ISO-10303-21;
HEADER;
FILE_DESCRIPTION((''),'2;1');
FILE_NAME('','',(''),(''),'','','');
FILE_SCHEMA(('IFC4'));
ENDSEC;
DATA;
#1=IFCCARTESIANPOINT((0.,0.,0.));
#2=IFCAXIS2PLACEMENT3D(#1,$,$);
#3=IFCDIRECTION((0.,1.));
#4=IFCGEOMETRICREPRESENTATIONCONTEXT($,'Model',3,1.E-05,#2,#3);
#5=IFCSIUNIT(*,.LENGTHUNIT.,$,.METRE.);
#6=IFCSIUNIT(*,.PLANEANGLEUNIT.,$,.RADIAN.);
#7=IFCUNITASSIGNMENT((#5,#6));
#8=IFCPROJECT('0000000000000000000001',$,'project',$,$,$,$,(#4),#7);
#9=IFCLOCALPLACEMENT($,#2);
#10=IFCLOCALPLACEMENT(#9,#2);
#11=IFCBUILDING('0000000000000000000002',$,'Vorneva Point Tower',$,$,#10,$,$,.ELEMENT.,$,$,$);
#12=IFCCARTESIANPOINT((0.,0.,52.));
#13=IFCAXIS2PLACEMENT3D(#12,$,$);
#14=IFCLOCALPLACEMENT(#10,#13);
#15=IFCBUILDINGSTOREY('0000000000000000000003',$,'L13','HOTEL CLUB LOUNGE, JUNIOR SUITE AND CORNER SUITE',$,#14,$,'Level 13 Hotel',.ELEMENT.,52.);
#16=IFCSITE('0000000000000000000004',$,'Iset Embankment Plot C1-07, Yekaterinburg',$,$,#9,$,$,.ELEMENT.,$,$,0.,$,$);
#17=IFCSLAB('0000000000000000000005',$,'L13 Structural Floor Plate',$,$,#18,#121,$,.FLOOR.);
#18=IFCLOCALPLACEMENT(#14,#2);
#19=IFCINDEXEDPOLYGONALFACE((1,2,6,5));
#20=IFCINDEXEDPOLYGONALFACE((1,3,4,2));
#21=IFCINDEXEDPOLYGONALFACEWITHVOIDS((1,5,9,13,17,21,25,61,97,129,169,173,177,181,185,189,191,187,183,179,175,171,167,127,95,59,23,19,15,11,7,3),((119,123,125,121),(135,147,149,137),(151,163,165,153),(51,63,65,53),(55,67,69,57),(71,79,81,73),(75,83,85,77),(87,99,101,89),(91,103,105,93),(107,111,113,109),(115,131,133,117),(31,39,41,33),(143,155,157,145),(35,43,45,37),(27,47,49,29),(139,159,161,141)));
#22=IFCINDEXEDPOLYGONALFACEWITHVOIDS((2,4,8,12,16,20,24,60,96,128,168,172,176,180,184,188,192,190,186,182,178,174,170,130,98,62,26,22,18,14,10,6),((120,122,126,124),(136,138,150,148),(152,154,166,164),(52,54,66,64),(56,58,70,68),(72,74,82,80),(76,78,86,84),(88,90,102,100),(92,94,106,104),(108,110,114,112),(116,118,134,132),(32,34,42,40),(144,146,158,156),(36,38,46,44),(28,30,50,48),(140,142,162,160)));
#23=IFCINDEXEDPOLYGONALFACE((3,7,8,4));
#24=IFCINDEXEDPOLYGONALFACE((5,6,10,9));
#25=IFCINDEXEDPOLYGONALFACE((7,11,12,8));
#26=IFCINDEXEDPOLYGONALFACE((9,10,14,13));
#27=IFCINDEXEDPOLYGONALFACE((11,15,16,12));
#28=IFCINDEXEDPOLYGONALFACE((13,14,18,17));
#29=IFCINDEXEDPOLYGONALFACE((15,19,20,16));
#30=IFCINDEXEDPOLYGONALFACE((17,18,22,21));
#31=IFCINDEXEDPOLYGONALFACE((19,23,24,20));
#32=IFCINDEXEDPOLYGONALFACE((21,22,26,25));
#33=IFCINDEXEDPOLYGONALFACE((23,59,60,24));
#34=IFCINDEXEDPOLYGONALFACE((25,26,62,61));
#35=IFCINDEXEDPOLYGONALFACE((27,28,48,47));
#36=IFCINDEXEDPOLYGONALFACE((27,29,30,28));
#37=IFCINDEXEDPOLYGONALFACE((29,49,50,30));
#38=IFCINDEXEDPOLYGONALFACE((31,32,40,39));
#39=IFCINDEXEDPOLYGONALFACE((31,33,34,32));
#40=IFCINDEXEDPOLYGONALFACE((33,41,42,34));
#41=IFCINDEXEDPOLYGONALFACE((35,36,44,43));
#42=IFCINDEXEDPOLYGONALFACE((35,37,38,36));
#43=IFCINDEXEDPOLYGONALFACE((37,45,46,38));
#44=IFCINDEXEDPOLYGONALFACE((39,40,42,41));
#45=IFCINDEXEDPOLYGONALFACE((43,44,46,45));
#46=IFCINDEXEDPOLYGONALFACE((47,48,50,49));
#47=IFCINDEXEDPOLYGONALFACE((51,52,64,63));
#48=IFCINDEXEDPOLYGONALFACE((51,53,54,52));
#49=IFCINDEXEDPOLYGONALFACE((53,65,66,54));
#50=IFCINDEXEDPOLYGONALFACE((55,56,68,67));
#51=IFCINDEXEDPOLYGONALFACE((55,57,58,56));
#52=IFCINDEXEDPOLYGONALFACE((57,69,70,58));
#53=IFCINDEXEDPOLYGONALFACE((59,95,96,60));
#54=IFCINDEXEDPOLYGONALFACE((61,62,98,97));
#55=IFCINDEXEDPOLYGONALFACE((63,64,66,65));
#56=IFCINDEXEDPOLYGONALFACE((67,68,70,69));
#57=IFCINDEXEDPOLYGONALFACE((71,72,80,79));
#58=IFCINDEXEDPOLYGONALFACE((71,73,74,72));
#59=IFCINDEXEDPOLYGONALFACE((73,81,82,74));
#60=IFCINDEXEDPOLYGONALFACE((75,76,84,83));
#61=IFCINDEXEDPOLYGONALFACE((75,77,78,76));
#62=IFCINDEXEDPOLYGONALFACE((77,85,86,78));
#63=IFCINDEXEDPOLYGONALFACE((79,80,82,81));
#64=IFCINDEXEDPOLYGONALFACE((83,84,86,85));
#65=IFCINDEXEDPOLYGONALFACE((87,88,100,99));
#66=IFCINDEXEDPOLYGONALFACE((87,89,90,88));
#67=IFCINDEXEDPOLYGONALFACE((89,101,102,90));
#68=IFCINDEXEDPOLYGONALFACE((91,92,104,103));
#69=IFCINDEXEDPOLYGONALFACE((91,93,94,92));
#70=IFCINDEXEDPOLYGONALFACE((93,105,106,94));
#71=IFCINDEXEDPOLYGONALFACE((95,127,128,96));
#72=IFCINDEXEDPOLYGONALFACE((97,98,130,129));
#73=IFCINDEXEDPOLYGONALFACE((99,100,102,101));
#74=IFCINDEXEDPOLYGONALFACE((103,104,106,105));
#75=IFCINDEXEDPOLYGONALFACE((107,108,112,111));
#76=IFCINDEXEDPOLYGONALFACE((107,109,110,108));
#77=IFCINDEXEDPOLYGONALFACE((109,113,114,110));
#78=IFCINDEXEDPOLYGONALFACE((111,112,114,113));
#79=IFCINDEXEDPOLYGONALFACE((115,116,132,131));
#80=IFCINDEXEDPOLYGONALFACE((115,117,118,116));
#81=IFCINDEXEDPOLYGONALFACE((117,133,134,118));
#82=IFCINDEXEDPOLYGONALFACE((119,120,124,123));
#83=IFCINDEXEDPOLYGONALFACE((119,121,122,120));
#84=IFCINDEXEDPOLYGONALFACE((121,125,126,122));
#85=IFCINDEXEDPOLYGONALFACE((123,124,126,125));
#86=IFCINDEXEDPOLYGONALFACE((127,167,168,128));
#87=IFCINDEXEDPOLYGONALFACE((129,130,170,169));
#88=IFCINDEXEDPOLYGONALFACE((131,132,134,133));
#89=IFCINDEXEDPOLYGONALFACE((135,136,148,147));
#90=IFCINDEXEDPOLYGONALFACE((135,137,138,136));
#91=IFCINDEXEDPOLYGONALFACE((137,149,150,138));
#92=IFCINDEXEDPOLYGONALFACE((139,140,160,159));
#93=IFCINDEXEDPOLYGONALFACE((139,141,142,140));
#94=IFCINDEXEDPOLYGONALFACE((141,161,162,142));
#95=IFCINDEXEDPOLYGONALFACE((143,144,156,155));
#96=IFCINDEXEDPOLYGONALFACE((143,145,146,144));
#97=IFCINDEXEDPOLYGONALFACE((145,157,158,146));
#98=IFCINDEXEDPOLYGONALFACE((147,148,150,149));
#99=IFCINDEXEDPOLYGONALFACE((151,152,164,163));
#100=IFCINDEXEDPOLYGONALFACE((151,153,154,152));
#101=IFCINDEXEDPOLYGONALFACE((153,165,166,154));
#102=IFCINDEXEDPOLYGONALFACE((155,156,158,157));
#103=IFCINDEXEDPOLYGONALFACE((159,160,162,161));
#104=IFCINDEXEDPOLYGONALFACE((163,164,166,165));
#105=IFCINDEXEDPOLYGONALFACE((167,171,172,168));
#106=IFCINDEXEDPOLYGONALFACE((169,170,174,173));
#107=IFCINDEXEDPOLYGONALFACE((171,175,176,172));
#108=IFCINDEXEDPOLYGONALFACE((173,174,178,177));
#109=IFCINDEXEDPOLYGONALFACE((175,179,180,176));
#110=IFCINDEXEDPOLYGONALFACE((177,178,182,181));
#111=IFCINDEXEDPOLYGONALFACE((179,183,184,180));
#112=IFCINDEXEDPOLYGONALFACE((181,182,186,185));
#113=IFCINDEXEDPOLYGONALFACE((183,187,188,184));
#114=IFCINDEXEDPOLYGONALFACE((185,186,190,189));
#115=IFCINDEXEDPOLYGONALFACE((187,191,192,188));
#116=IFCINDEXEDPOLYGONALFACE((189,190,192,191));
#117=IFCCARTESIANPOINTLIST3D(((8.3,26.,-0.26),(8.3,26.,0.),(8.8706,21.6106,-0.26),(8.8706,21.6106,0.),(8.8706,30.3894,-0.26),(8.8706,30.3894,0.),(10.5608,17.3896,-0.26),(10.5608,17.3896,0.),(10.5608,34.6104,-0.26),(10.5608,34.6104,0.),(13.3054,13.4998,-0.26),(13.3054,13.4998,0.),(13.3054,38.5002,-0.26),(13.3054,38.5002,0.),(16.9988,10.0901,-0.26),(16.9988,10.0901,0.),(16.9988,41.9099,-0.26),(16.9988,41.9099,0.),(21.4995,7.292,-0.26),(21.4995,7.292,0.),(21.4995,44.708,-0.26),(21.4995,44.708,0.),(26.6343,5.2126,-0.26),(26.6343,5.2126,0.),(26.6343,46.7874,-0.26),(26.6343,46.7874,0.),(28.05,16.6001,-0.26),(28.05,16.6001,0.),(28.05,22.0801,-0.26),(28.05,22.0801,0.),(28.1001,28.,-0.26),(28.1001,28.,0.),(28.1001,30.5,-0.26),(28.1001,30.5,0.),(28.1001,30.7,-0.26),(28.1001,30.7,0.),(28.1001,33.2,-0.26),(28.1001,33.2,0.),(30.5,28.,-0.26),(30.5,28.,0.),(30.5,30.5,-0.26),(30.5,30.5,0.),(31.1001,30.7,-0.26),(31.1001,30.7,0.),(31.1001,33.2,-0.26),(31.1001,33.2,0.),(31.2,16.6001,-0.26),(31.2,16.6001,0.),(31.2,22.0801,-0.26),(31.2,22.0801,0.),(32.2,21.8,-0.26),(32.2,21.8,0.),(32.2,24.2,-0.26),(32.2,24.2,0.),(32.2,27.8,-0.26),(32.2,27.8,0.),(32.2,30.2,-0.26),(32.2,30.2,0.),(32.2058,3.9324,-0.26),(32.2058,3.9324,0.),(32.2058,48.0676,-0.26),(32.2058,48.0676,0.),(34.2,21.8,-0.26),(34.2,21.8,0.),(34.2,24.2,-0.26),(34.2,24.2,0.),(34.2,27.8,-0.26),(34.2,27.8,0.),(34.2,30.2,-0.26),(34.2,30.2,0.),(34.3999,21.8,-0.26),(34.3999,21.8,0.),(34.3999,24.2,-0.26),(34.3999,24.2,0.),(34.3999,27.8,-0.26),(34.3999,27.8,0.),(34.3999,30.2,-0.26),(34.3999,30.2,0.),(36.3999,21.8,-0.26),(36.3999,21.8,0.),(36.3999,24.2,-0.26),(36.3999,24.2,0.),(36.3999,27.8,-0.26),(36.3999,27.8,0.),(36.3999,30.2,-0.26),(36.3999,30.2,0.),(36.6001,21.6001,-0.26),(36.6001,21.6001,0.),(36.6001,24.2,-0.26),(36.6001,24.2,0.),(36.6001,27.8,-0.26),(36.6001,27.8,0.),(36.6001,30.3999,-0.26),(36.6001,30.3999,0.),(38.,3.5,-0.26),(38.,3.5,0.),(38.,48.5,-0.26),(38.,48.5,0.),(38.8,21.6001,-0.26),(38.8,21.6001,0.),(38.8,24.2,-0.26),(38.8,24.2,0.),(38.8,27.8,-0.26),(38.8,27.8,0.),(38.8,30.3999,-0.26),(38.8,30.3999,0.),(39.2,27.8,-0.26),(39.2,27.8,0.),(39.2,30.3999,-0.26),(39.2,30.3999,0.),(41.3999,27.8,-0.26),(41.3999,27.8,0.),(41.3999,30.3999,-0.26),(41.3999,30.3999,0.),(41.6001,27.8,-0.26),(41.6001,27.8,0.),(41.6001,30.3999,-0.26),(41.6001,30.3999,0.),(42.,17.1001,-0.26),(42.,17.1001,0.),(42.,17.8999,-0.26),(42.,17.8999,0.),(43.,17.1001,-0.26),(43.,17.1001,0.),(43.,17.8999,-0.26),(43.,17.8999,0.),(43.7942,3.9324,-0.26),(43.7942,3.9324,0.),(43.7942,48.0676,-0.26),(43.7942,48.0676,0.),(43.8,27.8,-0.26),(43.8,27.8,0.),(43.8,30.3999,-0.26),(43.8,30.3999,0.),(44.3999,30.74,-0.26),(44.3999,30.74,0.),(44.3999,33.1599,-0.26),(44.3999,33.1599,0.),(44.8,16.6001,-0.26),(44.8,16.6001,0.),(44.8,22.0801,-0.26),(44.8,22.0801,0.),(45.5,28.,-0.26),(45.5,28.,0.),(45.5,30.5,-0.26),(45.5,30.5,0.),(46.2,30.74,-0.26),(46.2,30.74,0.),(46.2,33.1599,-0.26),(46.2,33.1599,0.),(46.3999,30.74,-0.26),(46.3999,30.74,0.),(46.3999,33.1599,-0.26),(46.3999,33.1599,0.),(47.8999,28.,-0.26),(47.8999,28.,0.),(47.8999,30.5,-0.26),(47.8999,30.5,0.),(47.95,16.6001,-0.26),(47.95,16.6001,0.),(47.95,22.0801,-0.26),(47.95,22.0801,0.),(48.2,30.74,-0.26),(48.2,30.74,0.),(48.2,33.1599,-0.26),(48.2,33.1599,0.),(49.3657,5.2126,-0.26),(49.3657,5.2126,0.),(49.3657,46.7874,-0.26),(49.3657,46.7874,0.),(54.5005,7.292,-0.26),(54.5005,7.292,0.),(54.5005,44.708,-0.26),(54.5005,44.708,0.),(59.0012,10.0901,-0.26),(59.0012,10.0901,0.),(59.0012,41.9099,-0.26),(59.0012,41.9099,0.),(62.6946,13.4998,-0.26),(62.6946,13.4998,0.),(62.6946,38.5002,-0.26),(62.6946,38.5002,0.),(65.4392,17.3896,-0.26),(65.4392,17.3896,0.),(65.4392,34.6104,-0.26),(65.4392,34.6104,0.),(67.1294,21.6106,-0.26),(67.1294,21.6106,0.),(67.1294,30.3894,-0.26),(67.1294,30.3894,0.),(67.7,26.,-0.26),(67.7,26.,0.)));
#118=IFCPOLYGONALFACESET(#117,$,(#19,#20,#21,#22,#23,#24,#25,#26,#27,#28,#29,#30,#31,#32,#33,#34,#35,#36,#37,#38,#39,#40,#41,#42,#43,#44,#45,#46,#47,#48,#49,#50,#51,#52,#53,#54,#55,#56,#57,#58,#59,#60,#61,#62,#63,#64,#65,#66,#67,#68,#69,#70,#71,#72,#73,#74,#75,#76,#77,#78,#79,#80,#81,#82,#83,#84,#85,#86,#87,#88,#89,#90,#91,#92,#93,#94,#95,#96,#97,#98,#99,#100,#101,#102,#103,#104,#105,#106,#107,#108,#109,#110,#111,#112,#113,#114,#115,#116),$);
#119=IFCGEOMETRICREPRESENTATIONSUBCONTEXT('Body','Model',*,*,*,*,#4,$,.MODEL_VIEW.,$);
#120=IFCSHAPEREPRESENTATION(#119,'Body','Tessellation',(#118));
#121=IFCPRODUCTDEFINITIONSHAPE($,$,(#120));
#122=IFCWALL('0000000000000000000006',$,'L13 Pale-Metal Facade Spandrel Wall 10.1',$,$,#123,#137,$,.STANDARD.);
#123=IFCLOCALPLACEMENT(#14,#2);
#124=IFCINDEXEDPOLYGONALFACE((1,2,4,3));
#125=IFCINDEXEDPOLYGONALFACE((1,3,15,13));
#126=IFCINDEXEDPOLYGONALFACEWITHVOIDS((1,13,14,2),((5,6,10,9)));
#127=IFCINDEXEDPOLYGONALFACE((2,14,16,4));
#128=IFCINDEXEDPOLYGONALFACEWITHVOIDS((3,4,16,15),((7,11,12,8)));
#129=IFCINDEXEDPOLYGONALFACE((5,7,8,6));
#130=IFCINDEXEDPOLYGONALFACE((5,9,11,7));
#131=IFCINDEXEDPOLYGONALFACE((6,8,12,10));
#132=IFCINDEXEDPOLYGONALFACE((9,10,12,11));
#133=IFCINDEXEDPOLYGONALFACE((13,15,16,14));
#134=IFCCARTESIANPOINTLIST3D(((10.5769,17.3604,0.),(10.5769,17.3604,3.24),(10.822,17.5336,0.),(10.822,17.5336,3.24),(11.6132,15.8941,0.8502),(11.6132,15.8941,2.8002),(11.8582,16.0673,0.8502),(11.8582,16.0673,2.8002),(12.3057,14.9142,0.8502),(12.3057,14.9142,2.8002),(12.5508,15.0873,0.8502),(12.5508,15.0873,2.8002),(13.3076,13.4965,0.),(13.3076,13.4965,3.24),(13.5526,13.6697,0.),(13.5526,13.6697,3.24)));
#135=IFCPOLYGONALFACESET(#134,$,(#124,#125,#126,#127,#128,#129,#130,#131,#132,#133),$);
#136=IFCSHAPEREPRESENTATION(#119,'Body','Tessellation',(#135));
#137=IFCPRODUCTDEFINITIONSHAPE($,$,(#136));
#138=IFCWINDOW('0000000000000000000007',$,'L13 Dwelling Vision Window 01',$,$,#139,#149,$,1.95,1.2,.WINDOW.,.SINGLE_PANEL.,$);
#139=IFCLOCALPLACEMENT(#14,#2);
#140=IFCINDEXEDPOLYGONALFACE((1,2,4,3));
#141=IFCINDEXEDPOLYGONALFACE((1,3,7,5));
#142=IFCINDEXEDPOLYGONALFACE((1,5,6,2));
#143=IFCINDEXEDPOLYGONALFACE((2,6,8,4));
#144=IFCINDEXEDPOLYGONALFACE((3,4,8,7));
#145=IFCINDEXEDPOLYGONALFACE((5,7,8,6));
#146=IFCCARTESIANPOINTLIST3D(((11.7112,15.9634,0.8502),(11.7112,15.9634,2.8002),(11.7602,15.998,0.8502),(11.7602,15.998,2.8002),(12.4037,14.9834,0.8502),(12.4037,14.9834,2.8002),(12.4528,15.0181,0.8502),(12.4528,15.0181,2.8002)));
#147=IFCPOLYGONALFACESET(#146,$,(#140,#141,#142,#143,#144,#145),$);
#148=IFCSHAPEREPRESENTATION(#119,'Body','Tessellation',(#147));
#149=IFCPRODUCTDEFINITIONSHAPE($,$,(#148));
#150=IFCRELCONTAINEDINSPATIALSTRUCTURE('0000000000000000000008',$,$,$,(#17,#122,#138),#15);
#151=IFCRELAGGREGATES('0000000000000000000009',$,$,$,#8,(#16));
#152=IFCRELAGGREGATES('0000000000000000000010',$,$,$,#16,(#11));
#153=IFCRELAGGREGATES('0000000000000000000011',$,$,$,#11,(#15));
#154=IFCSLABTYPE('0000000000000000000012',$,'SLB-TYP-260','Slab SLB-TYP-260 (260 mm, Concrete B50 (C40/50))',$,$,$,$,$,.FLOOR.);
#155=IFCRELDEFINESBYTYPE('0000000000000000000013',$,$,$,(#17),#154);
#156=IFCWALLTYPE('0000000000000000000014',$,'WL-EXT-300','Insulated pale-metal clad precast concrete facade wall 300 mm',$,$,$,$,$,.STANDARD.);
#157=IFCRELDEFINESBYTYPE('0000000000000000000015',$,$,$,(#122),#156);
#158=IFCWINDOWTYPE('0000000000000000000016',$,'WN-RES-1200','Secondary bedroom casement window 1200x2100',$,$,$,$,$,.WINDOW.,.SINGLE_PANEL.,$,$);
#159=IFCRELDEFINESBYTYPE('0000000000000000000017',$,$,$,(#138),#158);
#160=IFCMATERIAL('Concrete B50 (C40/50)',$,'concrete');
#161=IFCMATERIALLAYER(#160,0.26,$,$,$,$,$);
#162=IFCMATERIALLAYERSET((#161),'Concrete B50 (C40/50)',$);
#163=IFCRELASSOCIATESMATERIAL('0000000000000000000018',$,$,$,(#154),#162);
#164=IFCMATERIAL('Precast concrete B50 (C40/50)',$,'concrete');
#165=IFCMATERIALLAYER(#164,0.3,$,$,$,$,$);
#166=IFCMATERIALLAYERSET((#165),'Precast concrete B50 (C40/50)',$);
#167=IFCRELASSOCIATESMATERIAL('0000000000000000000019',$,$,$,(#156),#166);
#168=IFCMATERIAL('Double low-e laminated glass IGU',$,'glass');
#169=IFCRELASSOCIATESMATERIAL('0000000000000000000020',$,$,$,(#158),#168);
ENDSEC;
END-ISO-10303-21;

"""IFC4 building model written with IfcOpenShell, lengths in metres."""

from ifc_helpers import new_model, si_unit, direction, frame, frame_2d, origin, place, context, subcontext, project, spatial, polyline, rectangle, outline, extrude, material, layer, layer_set, type_object, element, fill, save


model = new_model("IFC4")

# Units and contexts
model_context = context("Model", 3, precision=1e-05, world=origin(), true_north=direction((0.0, 1.0)))
body_context = subcontext(model_context, "Body", "Model", "MODEL_VIEW")
ifc_project = project(units=[si_unit("LENGTHUNIT", "METRE"), si_unit("PLANEANGLEUNIT", "RADIAN")], contexts=[model_context])

# Site, building, storey
site_placement = place(None, origin())
site = spatial("IfcSite", under=ifc_project, at=site_placement, Name="Iset Embankment Plot C1-07, Yekaterinburg", CompositionType="ELEMENT", RefElevation=0.0)
building_placement = place(site_placement, origin())
building = spatial("IfcBuilding", under=site, at=building_placement, Name="Vorneva Point Tower", CompositionType="ELEMENT")
storey_placement = place(building_placement, frame((0.0, 0.0, 52.0)))
storey = spatial("IfcBuildingStorey", under=building, at=storey_placement, Name="L13", Description="HOTEL CLUB LOUNGE, JUNIOR SUITE AND CORNER SUITE", LongName="Level 13 Hotel", CompositionType="ELEMENT", Elevation=52.0)

# Shared definitions
ifc_material_1 = material(Name="Double low-e laminated glass IGU", Category="glass")

# Shared definitions
ifc_material_2 = material(Name="Concrete B50 (C40/50)", Category="concrete")

# Slab
ifc_layer_1 = layer(ifc_material_2, 0.26)
ifc_layer_set_1 = layer_set([ifc_layer_1], Name="Concrete B50 (C40/50)")
slab_type_1 = type_object("IfcSlabType", Name="SLB-TYP-260", Description="Slab SLB-TYP-260 (260 mm, Concrete B50 (C40/50))", PredefinedType="FLOOR", material=ifc_layer_set_1)
slab_1_placement = place(storey_placement, frame((0.0, 0.0, -0.26)))
element("IfcSlab", 1, at=slab_1_placement, inside=storey, type_object=slab_type_1, Name="L13 Structural Floor Plate", PredefinedType="FLOOR", context=body_context, shape_type="SweptSolid", body=[
    extrude(outline(polyline([(67.7, 26.0), (67.1294, 30.3894), (65.4392, 34.6104), (62.6946, 38.5002), (59.0012, 41.9099), (54.5005, 44.708), (49.3657, 46.7874), (43.7942, 48.0676), (38.0, 48.5), (32.2058, 48.0676), (26.6343, 46.7874), (21.4995, 44.708), (16.9988, 41.9099), (13.3054, 38.5002), (10.5608, 34.6104), (8.8706, 30.3894), (8.3, 26.0), (8.8706, 21.6106), (10.5608, 17.3896), (13.3054, 13.4998), (16.9988, 10.0901), (21.4995, 7.292), (26.6343, 5.2126), (32.2058, 3.9324), (38.0, 3.5), (43.7942, 3.9324), (49.3657, 5.2126), (54.5005, 7.292), (59.0012, 10.0901), (62.6946, 13.4998), (65.4392, 17.3896), (67.1294, 21.6106), (67.7, 26.0)]), holes=[polyline([(32.2, 27.8), (34.2, 27.8), (34.2, 30.2), (32.2, 30.2), (32.2, 27.8)]), polyline([(34.3999, 27.8), (36.3999, 27.8), (36.3999, 30.2), (34.3999, 30.2), (34.3999, 27.8)]), polyline([(36.6001, 27.8), (38.8, 27.8), (38.8, 30.3999), (36.6001, 30.3999), (36.6001, 27.8)]), polyline([(32.2, 21.8), (34.2, 21.8), (34.2, 24.2), (32.2, 24.2), (32.2, 21.8)]), polyline([(34.3999, 21.8), (36.3999, 21.8), (36.3999, 24.2), (34.3999, 24.2), (34.3999, 21.8)]), polyline([(36.6001, 21.6001), (38.8, 21.6001), (38.8, 24.2), (36.6001, 24.2), (36.6001, 21.6001)]), polyline([(39.2, 27.8), (41.3999, 27.8), (41.3999, 30.3999), (39.2, 30.3999), (39.2, 27.8)]), polyline([(41.6001, 27.8), (43.8, 27.8), (43.8, 30.3999), (41.6001, 30.3999), (41.6001, 27.8)]), polyline([(44.3999, 30.74), (46.2, 30.74), (46.2, 33.1599), (44.3999, 33.1599), (44.3999, 30.74)]), polyline([(46.3999, 30.74), (48.2, 30.74), (48.2, 33.1599), (46.3999, 33.1599), (46.3999, 30.74)]), polyline([(28.1001, 28.0), (30.5, 28.0), (30.5, 30.5), (28.1001, 30.5), (28.1001, 28.0)]), polyline([(45.5, 28.0), (47.8999, 28.0), (47.8999, 30.5), (45.5, 30.5), (45.5, 28.0)]), polyline([(28.1001, 30.7), (31.1001, 30.7), (31.1001, 33.2), (28.1001, 33.2), (28.1001, 30.7)]), polyline([(28.05, 16.6001), (31.2, 16.6001), (31.2, 22.0801), (28.05, 22.0801), (28.05, 16.6001)]), polyline([(44.8, 16.6001), (47.95, 16.6001), (47.95, 22.0801), (44.8, 22.0801), (44.8, 16.6001)]), polyline([(42.0, 17.1001), (43.0, 17.1001), (43.0, 17.8999), (42.0, 17.8999), (42.0, 17.1001)])]), origin(), (0.0, 0.0, 1.0), 0.26),
])

# Wall, opening, window
ifc_material_3 = material(Name="Precast concrete B50 (C40/50)", Category="concrete")
ifc_layer_2 = layer(ifc_material_3, 0.3)
ifc_layer_set_2 = layer_set([ifc_layer_2], Name="Precast concrete B50 (C40/50)")
wall_type_1 = type_object("IfcWallType", Name="WL-EXT-300", Description="Insulated pale-metal clad precast concrete facade wall 300 mm", PredefinedType="STANDARD", material=ifc_layer_set_2)
wall_1_placement = place(storey_placement, frame((10.6995, 17.447, 0.0), z_axis=(0.0, 0.0, 1.0), x_axis=(0.577131, -0.816652, 0.0)))
wall_1 = element("IfcWall", 2, at=wall_1_placement, inside=storey, type_object=wall_type_1, Name="L13 Pale-Metal Facade Spandrel Wall 10.1", PredefinedType="STANDARD", context=body_context, shape_type="SweptSolid", body=[
    extrude(rectangle(XDim=4.7314, YDim=0.3, at=frame_2d((2.3657, 0.0))), origin(), (0.0, 0.0, 1.0), 3.24),
])
opening_1_placement = place(wall_1_placement, frame((1.7954, 0.0, 0.8501)))
opening_1 = element("IfcOpeningElement", 3, at=opening_1_placement, cuts=wall_1, PredefinedType="OPENING", context=body_context, shape_type="SweptSolid", body=[
    extrude(rectangle(XDim=1.2, YDim=1.95, at=frame_2d((0.6001, 0.9751))), frame((0.0, 0.165, 0.0), z_axis=(0.0, -1.0, 0.0), x_axis=(1.0, 0.0, 0.0)), (0.0, 0.0, 1.0), 0.3298),
])
window_type_1 = type_object("IfcWindowType", Name="WN-RES-1200", Description="Secondary bedroom casement window 1200x2100", PartitioningType="SINGLE_PANEL", PredefinedType="WINDOW", material=ifc_material_1)
window_1_placement = place(opening_1_placement, origin())
window_1 = element("IfcWindow", 4, at=window_1_placement, inside=storey, type_object=window_type_1, Name="L13 Dwelling Vision Window 01", OverallHeight=1.95, OverallWidth=1.2, PartitioningType="SINGLE_PANEL", PredefinedType="WINDOW", context=body_context, shape_type="SweptSolid", body=[
    extrude(rectangle(XDim=1.2, YDim=1.95, at=frame_2d((0.6001, 0.9751))), frame((0.0, 0.03, 0.0), z_axis=(0.0, -1.0, 0.0), x_axis=(1.0, 0.0, 0.0)), (0.0, 0.0, 1.0), 0.0601),
])
fill(opening_1, window_1)

save(model, "model.ifc")
